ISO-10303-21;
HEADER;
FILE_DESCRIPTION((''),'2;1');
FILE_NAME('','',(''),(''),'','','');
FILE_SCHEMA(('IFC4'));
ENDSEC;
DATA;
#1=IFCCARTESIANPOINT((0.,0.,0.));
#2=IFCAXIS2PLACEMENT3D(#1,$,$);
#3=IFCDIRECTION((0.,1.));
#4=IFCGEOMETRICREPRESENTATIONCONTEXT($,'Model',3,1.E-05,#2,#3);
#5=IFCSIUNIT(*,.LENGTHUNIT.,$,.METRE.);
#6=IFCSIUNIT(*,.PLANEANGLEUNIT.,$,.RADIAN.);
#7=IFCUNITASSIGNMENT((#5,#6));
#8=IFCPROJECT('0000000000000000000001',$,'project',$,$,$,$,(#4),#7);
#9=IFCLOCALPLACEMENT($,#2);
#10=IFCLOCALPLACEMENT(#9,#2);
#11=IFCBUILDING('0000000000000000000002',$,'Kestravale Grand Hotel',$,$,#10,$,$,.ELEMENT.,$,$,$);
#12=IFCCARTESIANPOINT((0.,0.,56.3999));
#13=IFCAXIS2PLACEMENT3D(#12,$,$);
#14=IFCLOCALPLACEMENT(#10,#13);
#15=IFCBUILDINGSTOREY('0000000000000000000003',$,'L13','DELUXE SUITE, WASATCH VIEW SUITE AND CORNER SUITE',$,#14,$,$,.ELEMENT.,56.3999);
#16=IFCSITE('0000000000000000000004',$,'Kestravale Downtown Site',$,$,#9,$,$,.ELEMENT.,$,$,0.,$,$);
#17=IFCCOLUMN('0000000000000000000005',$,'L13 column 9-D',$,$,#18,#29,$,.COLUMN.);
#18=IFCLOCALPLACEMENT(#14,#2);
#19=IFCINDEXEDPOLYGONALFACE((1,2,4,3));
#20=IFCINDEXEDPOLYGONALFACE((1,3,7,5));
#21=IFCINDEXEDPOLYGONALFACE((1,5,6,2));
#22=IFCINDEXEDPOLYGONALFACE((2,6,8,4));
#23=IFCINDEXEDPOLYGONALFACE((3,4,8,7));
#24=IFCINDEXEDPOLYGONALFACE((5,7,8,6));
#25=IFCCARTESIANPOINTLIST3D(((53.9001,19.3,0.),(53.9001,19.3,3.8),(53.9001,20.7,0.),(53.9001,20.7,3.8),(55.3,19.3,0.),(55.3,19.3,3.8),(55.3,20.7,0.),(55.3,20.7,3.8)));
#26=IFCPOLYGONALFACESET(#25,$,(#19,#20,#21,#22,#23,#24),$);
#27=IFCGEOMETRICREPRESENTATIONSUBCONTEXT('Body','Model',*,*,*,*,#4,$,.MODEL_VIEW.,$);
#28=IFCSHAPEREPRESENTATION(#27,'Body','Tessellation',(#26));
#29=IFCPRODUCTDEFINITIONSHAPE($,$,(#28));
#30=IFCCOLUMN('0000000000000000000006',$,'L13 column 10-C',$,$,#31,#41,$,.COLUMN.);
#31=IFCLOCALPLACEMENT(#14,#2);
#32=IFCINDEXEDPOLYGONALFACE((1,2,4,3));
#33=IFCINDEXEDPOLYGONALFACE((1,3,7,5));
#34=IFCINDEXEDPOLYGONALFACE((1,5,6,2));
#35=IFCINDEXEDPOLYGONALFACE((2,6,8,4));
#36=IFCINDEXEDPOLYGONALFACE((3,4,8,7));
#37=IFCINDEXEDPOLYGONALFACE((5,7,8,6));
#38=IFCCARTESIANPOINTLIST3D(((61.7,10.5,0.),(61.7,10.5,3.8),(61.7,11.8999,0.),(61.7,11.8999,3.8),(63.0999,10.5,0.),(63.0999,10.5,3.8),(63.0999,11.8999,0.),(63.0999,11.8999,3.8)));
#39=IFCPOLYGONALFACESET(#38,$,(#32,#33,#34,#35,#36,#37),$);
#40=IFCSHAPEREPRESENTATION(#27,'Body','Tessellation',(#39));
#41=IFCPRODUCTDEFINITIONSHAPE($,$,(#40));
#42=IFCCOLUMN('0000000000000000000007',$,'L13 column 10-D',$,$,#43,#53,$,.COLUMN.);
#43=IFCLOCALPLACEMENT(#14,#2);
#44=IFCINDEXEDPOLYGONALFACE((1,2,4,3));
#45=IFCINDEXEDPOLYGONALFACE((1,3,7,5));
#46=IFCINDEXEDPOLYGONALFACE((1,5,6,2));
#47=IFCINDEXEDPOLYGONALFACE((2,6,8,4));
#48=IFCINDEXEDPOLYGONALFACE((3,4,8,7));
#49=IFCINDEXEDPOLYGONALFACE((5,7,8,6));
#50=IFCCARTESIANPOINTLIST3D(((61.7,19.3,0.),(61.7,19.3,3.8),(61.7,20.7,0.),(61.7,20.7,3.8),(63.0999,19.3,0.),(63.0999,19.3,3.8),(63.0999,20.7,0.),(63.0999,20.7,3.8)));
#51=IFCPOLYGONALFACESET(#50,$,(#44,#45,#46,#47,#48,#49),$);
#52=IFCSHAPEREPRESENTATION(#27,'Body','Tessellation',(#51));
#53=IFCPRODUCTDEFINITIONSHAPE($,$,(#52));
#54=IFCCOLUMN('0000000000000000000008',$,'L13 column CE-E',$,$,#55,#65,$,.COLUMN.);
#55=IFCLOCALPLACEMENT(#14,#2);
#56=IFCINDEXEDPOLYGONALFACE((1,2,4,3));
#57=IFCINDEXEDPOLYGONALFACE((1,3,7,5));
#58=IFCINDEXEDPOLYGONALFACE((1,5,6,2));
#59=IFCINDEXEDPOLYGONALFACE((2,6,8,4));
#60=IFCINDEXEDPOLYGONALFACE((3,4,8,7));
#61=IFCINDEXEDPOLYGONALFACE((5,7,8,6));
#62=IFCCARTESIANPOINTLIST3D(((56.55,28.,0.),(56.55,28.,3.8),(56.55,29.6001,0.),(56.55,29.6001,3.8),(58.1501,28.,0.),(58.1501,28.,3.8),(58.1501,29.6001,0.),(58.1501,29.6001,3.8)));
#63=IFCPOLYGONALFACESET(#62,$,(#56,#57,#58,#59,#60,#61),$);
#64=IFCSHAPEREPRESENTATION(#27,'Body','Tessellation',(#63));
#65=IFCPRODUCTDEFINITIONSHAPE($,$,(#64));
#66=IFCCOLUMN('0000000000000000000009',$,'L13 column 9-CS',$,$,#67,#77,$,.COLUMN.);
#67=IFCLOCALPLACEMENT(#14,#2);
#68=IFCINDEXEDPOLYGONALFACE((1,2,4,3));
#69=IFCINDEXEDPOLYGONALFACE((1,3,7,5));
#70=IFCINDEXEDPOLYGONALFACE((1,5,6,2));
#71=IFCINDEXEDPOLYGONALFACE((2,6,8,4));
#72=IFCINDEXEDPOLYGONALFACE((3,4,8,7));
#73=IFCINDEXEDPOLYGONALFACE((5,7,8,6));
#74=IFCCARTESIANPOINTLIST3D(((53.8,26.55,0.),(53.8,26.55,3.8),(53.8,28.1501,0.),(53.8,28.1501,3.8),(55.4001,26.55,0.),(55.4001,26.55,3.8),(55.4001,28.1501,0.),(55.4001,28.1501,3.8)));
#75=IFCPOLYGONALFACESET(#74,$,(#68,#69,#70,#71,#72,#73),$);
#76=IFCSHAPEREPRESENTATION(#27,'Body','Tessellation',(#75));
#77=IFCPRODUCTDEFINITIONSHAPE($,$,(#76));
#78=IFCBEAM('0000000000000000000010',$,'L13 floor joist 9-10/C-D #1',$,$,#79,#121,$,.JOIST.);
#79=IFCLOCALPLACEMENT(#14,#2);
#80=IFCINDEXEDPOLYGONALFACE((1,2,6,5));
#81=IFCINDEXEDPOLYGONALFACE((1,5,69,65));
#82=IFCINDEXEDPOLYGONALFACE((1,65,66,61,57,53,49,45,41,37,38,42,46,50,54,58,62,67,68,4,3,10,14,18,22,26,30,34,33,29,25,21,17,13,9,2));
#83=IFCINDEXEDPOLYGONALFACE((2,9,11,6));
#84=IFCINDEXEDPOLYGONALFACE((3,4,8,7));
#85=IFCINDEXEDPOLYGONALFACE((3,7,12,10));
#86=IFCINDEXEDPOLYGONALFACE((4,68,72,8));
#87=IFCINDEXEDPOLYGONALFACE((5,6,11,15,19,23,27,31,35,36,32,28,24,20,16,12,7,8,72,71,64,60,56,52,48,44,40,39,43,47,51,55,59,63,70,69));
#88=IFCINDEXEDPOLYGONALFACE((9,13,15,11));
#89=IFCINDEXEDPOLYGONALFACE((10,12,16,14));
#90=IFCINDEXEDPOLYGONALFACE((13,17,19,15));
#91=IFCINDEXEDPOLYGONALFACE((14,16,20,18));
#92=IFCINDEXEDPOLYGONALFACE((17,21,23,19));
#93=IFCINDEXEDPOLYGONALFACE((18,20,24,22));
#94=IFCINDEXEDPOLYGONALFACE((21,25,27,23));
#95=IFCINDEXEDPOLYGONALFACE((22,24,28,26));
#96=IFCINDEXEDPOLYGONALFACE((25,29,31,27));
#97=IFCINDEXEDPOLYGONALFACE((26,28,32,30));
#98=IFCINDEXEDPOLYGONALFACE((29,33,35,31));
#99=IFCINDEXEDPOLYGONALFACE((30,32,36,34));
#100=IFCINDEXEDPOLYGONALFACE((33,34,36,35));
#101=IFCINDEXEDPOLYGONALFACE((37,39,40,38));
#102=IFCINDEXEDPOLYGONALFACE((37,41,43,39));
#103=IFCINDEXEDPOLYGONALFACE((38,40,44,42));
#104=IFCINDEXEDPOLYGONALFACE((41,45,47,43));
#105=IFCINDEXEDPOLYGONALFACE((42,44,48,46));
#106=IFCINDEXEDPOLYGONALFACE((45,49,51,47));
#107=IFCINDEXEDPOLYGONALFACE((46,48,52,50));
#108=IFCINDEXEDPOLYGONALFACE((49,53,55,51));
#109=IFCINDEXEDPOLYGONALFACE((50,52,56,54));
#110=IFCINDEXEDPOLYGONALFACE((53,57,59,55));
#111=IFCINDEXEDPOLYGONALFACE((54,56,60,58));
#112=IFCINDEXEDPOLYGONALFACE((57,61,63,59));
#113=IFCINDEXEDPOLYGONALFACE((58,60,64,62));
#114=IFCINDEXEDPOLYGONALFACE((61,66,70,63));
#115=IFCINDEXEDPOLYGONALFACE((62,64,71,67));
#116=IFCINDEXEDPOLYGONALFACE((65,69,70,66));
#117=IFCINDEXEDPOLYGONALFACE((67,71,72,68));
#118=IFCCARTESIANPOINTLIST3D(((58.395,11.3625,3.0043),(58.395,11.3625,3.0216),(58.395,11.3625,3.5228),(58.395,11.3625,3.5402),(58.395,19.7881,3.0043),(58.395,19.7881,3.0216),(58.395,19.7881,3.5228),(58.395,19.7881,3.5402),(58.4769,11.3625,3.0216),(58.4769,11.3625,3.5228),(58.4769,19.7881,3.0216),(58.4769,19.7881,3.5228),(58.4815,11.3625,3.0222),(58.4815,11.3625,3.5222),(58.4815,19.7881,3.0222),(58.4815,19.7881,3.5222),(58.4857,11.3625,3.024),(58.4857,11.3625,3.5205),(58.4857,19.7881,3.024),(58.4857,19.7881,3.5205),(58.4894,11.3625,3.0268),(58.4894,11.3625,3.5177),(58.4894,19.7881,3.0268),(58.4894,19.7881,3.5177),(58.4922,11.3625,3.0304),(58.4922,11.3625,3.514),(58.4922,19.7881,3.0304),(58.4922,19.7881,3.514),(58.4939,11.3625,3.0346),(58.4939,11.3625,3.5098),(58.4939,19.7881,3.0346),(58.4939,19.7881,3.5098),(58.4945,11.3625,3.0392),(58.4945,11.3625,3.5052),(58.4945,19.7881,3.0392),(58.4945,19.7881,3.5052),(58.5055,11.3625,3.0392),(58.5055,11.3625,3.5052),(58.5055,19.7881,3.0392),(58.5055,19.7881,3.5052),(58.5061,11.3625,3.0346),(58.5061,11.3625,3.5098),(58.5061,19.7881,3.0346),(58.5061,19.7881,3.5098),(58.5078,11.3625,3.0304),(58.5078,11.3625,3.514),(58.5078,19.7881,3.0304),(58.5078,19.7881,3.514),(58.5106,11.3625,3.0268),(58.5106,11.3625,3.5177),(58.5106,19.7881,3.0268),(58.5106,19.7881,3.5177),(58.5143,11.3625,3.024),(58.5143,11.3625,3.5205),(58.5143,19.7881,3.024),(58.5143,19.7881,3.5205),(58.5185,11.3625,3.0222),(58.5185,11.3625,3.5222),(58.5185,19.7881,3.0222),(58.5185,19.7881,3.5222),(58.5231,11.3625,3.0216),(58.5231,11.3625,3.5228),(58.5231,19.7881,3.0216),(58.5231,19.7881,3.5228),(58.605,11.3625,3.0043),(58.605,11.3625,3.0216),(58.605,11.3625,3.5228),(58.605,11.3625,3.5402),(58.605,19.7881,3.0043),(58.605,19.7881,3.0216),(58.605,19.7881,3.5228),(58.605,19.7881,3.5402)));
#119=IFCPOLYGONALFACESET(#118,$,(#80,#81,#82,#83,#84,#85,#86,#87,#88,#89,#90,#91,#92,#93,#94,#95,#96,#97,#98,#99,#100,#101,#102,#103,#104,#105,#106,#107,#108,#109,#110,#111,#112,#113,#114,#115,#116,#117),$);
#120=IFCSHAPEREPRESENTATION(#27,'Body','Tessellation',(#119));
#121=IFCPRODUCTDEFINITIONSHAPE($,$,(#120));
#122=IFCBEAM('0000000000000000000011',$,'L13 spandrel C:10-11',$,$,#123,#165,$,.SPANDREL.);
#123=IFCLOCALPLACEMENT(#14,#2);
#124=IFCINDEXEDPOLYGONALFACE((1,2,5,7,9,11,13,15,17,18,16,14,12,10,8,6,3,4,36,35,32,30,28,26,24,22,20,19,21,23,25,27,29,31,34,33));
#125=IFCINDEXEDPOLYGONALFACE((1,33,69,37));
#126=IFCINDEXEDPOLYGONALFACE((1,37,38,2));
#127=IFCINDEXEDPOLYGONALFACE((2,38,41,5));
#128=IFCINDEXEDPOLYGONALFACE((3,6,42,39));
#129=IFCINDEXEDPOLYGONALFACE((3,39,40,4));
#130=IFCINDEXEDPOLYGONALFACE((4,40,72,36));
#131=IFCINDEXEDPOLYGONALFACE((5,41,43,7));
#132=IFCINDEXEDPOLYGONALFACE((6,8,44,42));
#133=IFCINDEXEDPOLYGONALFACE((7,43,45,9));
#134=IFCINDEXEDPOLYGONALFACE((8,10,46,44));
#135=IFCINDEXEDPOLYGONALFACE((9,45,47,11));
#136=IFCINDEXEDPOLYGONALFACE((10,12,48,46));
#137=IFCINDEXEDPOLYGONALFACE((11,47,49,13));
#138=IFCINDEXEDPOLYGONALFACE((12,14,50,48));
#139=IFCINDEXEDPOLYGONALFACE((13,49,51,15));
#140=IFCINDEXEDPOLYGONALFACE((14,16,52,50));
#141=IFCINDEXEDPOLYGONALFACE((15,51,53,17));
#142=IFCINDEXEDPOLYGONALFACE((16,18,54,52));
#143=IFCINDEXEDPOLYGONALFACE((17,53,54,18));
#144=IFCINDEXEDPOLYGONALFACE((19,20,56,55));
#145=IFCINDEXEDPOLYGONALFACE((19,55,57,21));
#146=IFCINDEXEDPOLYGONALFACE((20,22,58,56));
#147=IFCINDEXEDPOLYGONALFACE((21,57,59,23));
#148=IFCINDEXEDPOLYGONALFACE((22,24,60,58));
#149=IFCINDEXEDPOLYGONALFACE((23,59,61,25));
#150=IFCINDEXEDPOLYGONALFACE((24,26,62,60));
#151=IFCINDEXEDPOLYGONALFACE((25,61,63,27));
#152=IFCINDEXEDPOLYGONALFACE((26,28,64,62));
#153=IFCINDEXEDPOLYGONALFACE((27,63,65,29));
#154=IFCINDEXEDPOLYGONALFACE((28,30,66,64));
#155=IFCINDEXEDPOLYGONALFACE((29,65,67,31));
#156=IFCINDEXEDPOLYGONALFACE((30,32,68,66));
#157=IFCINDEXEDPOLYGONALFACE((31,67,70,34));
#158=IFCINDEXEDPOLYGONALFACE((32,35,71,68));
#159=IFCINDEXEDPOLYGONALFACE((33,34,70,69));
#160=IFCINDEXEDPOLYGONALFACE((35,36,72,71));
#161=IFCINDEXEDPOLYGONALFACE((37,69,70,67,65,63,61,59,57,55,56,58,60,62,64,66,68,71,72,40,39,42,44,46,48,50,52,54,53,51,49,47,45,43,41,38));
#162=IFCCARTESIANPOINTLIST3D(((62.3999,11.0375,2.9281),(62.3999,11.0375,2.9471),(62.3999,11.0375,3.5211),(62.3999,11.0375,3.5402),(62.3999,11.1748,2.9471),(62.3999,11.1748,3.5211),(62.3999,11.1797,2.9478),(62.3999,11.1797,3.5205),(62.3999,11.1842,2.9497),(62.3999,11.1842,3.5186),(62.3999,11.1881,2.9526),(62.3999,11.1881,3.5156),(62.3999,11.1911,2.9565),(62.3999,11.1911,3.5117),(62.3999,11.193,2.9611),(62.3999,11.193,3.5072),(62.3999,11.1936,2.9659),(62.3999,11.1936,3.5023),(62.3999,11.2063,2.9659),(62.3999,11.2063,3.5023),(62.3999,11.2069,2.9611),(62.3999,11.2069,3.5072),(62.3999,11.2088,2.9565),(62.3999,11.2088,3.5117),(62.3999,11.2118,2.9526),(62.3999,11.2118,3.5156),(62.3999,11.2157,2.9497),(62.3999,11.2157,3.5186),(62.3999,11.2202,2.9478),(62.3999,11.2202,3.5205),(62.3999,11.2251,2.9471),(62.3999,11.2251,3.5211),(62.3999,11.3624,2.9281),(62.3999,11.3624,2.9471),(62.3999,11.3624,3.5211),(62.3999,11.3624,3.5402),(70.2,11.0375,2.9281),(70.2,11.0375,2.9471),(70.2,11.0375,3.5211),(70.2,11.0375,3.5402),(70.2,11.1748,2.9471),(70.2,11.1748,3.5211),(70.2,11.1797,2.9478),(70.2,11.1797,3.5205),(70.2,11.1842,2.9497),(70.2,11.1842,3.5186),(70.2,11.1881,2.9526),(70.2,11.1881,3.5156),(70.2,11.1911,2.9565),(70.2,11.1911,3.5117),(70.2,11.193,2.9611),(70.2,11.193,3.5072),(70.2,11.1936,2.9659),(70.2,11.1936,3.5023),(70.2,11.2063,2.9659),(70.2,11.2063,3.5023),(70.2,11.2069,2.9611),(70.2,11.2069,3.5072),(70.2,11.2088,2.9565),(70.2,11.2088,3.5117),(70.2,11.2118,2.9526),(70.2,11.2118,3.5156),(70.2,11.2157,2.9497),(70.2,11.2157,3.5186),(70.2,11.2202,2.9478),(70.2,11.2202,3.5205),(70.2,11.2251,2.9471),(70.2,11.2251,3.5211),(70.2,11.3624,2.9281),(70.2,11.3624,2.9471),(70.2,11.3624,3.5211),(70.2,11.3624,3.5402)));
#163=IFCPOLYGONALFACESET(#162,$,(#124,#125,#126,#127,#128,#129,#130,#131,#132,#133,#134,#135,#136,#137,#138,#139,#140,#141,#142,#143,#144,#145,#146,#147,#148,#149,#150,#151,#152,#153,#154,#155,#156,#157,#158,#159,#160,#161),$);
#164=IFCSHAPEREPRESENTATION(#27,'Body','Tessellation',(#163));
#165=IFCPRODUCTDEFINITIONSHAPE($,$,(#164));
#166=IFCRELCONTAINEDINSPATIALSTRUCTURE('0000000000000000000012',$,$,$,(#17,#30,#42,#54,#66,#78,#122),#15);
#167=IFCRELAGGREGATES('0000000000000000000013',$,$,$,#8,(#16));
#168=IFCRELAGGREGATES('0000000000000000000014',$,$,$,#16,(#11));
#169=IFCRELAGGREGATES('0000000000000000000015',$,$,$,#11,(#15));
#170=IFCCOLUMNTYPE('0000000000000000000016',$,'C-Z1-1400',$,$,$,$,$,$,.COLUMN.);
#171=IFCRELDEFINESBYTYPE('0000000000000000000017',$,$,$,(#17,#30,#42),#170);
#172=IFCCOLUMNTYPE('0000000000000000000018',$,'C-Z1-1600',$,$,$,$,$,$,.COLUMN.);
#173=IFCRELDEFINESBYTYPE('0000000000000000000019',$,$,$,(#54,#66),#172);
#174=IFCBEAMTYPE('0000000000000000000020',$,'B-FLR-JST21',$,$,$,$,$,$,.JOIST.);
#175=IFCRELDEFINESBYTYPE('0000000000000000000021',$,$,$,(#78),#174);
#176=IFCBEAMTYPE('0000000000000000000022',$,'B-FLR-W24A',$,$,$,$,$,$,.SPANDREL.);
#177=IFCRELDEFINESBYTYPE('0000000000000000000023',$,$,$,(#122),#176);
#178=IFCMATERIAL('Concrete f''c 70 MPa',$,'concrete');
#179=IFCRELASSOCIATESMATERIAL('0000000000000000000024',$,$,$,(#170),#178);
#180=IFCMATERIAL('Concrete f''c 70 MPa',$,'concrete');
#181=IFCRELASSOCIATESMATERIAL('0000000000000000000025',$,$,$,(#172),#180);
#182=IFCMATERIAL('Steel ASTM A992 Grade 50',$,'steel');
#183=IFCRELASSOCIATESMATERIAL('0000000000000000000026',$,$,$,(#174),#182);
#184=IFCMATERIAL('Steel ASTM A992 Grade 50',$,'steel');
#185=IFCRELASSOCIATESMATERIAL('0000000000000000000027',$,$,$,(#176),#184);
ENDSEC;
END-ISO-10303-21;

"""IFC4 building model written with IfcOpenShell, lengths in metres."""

from ifc_helpers import new_model, si_unit, direction, frame, origin, origin_2d, place, context, subcontext, project, spatial, rectangle, i_section, extrude, material, material_profile, profile_set, type_object, element, save


model = new_model("IFC4")

# Units and contexts
model_context = context("Model", 3, precision=1e-05, world=origin(), true_north=direction((0.0, 1.0)))
body_context = subcontext(model_context, "Body", "Model", "MODEL_VIEW")
ifc_project = project(units=[si_unit("LENGTHUNIT", "METRE"), si_unit("PLANEANGLEUNIT", "RADIAN")], contexts=[model_context])

# Site, building, storey
site_placement = place(None, origin())
site = spatial("IfcSite", under=ifc_project, at=site_placement, Name="Kestravale Downtown Site", CompositionType="ELEMENT", RefElevation=0.0)
building_placement = place(site_placement, origin())
building = spatial("IfcBuilding", under=site, at=building_placement, Name="Kestravale Grand Hotel", CompositionType="ELEMENT")
storey_placement = place(building_placement, frame((0.0, 0.0, 56.3999)))
storey = spatial("IfcBuildingStorey", under=building, at=storey_placement, Name="L13", Description="DELUXE SUITE, WASATCH VIEW SUITE AND CORNER SUITE", CompositionType="ELEMENT", Elevation=56.3999)

# Columns
ifc_material_1 = material(Name="Concrete f'c 70 MPa", Category="concrete")
ifc_material_profile_1 = material_profile(ifc_material_1, rectangle(XDim=1.3999, YDim=1.3999, at=origin_2d()))
ifc_profile_set_1 = profile_set([ifc_material_profile_1], Name="Concrete f'c 70 MPa")
column_type_1 = type_object("IfcColumnType", Name="C-Z1-1400", PredefinedType="COLUMN", material=ifc_profile_set_1)
for number, where, z_axis, x_axis, name in (
    (1, (54.6001, 20.0, 0.0), (0.0, 0.0, 1.0), (1.0, 0.0, 0.0), "L13 column 9-D"),
    (2, (62.3999, 11.2, 0.0), (0.0, 0.0, 1.0), (1.0, 0.0, 0.0), "L13 column 10-C"),
    (3, (62.3999, 20.0, 0.0), (0.0, 0.0, 1.0), (1.0, 0.0, 0.0), "L13 column 10-D"),
):
    element("IfcColumn", number, at=place(storey_placement, frame(where, z_axis=z_axis, x_axis=x_axis)), inside=storey, type_object=column_type_1, Name=name, PredefinedType="COLUMN", context=body_context, shape_type="SweptSolid", body=[
        extrude(rectangle(XDim=1.3999, YDim=1.3999, at=origin_2d()), origin(), (0.0, 0.0, 1.0), 3.8),
    ])
ifc_material_2 = material(Name="Concrete f'c 70 MPa", Category="concrete")
ifc_material_profile_2 = material_profile(ifc_material_2, rectangle(XDim=1.6001, YDim=1.6001, at=origin_2d()))
ifc_profile_set_2 = profile_set([ifc_material_profile_2], Name="Concrete f'c 70 MPa")
column_type_2 = type_object("IfcColumnType", Name="C-Z1-1600", PredefinedType="COLUMN", material=ifc_profile_set_2)
for number, where, z_axis, x_axis, name in (
    (4, (57.3501, 28.8, 0.0), (0.0, 0.0, 1.0), (1.0, 0.0, 0.0), "L13 column CE-E"),
    (5, (54.6001, 27.3501, 0.0), (0.0, 0.0, 1.0), (1.0, 0.0, 0.0), "L13 column 9-CS"),
):
    element("IfcColumn", number, at=place(storey_placement, frame(where, z_axis=z_axis, x_axis=x_axis)), inside=storey, type_object=column_type_2, Name=name, PredefinedType="COLUMN", context=body_context, shape_type="SweptSolid", body=[
        extrude(rectangle(XDim=1.6001, YDim=1.6001, at=origin_2d()), origin(), (0.0, 0.0, 1.0), 3.8),
    ])

# Beams
ifc_material_3 = material(Name="Steel ASTM A992 Grade 50", Category="steel")
ifc_material_profile_3 = material_profile(ifc_material_3, i_section(OverallWidth=0.21, OverallDepth=0.5359, WebThickness=0.011, FlangeThickness=0.0173, FilletRadius=0.0176, at=origin_2d()))
ifc_profile_set_3 = profile_set([ifc_material_profile_3], Name="Steel ASTM A992 Grade 50")
beam_type_1 = type_object("IfcBeamType", Name="B-FLR-JST21", PredefinedType="JOIST", material=ifc_profile_set_3)
beam_1_placement = place(storey_placement, frame((58.5, 11.3625, 3.2722), z_axis=(0.0, 1.0, 0.0), x_axis=(-1.0, 0.0, 0.0)))
element("IfcBeam", 6, at=beam_1_placement, inside=storey, type_object=beam_type_1, Name="L13 floor joist 9-10/C-D #1", PredefinedType="JOIST", context=body_context, shape_type="SweptSolid", body=[
    extrude(i_section(OverallWidth=0.21, OverallDepth=0.5359, WebThickness=0.011, FlangeThickness=0.0173, FilletRadius=0.0176, at=origin_2d()), origin(), (0.0, 0.0, 1.0), 8.4255),
])
ifc_material_4 = material(Name="Steel ASTM A992 Grade 50", Category="steel")
ifc_material_profile_4 = material_profile(ifc_material_4, i_section(OverallWidth=0.325, OverallDepth=0.6121, WebThickness=0.0127, FlangeThickness=0.019, FilletRadius=0.0188, at=origin_2d()))
ifc_profile_set_4 = profile_set([ifc_material_profile_4], Name="Steel ASTM A992 Grade 50")
beam_type_2 = type_object("IfcBeamType", Name="B-FLR-W24A", PredefinedType="SPANDREL", material=ifc_profile_set_4)
beam_2_placement = place(storey_placement, frame((62.3999, 11.2, 3.2341), z_axis=(1.0, 0.0, 0.0), x_axis=(0.0, 1.0, 0.0)))
element("IfcBeam", 7, at=beam_2_placement, inside=storey, type_object=beam_type_2, Name="L13 spandrel C:10-11", PredefinedType="SPANDREL", context=body_context, shape_type="SweptSolid", body=[
    extrude(i_section(OverallWidth=0.325, OverallDepth=0.6121, WebThickness=0.0127, FlangeThickness=0.019, FilletRadius=0.0188, at=origin_2d()), origin(), (0.0, 0.0, 1.0), 7.8),
])

save(model, "model.ifc")
